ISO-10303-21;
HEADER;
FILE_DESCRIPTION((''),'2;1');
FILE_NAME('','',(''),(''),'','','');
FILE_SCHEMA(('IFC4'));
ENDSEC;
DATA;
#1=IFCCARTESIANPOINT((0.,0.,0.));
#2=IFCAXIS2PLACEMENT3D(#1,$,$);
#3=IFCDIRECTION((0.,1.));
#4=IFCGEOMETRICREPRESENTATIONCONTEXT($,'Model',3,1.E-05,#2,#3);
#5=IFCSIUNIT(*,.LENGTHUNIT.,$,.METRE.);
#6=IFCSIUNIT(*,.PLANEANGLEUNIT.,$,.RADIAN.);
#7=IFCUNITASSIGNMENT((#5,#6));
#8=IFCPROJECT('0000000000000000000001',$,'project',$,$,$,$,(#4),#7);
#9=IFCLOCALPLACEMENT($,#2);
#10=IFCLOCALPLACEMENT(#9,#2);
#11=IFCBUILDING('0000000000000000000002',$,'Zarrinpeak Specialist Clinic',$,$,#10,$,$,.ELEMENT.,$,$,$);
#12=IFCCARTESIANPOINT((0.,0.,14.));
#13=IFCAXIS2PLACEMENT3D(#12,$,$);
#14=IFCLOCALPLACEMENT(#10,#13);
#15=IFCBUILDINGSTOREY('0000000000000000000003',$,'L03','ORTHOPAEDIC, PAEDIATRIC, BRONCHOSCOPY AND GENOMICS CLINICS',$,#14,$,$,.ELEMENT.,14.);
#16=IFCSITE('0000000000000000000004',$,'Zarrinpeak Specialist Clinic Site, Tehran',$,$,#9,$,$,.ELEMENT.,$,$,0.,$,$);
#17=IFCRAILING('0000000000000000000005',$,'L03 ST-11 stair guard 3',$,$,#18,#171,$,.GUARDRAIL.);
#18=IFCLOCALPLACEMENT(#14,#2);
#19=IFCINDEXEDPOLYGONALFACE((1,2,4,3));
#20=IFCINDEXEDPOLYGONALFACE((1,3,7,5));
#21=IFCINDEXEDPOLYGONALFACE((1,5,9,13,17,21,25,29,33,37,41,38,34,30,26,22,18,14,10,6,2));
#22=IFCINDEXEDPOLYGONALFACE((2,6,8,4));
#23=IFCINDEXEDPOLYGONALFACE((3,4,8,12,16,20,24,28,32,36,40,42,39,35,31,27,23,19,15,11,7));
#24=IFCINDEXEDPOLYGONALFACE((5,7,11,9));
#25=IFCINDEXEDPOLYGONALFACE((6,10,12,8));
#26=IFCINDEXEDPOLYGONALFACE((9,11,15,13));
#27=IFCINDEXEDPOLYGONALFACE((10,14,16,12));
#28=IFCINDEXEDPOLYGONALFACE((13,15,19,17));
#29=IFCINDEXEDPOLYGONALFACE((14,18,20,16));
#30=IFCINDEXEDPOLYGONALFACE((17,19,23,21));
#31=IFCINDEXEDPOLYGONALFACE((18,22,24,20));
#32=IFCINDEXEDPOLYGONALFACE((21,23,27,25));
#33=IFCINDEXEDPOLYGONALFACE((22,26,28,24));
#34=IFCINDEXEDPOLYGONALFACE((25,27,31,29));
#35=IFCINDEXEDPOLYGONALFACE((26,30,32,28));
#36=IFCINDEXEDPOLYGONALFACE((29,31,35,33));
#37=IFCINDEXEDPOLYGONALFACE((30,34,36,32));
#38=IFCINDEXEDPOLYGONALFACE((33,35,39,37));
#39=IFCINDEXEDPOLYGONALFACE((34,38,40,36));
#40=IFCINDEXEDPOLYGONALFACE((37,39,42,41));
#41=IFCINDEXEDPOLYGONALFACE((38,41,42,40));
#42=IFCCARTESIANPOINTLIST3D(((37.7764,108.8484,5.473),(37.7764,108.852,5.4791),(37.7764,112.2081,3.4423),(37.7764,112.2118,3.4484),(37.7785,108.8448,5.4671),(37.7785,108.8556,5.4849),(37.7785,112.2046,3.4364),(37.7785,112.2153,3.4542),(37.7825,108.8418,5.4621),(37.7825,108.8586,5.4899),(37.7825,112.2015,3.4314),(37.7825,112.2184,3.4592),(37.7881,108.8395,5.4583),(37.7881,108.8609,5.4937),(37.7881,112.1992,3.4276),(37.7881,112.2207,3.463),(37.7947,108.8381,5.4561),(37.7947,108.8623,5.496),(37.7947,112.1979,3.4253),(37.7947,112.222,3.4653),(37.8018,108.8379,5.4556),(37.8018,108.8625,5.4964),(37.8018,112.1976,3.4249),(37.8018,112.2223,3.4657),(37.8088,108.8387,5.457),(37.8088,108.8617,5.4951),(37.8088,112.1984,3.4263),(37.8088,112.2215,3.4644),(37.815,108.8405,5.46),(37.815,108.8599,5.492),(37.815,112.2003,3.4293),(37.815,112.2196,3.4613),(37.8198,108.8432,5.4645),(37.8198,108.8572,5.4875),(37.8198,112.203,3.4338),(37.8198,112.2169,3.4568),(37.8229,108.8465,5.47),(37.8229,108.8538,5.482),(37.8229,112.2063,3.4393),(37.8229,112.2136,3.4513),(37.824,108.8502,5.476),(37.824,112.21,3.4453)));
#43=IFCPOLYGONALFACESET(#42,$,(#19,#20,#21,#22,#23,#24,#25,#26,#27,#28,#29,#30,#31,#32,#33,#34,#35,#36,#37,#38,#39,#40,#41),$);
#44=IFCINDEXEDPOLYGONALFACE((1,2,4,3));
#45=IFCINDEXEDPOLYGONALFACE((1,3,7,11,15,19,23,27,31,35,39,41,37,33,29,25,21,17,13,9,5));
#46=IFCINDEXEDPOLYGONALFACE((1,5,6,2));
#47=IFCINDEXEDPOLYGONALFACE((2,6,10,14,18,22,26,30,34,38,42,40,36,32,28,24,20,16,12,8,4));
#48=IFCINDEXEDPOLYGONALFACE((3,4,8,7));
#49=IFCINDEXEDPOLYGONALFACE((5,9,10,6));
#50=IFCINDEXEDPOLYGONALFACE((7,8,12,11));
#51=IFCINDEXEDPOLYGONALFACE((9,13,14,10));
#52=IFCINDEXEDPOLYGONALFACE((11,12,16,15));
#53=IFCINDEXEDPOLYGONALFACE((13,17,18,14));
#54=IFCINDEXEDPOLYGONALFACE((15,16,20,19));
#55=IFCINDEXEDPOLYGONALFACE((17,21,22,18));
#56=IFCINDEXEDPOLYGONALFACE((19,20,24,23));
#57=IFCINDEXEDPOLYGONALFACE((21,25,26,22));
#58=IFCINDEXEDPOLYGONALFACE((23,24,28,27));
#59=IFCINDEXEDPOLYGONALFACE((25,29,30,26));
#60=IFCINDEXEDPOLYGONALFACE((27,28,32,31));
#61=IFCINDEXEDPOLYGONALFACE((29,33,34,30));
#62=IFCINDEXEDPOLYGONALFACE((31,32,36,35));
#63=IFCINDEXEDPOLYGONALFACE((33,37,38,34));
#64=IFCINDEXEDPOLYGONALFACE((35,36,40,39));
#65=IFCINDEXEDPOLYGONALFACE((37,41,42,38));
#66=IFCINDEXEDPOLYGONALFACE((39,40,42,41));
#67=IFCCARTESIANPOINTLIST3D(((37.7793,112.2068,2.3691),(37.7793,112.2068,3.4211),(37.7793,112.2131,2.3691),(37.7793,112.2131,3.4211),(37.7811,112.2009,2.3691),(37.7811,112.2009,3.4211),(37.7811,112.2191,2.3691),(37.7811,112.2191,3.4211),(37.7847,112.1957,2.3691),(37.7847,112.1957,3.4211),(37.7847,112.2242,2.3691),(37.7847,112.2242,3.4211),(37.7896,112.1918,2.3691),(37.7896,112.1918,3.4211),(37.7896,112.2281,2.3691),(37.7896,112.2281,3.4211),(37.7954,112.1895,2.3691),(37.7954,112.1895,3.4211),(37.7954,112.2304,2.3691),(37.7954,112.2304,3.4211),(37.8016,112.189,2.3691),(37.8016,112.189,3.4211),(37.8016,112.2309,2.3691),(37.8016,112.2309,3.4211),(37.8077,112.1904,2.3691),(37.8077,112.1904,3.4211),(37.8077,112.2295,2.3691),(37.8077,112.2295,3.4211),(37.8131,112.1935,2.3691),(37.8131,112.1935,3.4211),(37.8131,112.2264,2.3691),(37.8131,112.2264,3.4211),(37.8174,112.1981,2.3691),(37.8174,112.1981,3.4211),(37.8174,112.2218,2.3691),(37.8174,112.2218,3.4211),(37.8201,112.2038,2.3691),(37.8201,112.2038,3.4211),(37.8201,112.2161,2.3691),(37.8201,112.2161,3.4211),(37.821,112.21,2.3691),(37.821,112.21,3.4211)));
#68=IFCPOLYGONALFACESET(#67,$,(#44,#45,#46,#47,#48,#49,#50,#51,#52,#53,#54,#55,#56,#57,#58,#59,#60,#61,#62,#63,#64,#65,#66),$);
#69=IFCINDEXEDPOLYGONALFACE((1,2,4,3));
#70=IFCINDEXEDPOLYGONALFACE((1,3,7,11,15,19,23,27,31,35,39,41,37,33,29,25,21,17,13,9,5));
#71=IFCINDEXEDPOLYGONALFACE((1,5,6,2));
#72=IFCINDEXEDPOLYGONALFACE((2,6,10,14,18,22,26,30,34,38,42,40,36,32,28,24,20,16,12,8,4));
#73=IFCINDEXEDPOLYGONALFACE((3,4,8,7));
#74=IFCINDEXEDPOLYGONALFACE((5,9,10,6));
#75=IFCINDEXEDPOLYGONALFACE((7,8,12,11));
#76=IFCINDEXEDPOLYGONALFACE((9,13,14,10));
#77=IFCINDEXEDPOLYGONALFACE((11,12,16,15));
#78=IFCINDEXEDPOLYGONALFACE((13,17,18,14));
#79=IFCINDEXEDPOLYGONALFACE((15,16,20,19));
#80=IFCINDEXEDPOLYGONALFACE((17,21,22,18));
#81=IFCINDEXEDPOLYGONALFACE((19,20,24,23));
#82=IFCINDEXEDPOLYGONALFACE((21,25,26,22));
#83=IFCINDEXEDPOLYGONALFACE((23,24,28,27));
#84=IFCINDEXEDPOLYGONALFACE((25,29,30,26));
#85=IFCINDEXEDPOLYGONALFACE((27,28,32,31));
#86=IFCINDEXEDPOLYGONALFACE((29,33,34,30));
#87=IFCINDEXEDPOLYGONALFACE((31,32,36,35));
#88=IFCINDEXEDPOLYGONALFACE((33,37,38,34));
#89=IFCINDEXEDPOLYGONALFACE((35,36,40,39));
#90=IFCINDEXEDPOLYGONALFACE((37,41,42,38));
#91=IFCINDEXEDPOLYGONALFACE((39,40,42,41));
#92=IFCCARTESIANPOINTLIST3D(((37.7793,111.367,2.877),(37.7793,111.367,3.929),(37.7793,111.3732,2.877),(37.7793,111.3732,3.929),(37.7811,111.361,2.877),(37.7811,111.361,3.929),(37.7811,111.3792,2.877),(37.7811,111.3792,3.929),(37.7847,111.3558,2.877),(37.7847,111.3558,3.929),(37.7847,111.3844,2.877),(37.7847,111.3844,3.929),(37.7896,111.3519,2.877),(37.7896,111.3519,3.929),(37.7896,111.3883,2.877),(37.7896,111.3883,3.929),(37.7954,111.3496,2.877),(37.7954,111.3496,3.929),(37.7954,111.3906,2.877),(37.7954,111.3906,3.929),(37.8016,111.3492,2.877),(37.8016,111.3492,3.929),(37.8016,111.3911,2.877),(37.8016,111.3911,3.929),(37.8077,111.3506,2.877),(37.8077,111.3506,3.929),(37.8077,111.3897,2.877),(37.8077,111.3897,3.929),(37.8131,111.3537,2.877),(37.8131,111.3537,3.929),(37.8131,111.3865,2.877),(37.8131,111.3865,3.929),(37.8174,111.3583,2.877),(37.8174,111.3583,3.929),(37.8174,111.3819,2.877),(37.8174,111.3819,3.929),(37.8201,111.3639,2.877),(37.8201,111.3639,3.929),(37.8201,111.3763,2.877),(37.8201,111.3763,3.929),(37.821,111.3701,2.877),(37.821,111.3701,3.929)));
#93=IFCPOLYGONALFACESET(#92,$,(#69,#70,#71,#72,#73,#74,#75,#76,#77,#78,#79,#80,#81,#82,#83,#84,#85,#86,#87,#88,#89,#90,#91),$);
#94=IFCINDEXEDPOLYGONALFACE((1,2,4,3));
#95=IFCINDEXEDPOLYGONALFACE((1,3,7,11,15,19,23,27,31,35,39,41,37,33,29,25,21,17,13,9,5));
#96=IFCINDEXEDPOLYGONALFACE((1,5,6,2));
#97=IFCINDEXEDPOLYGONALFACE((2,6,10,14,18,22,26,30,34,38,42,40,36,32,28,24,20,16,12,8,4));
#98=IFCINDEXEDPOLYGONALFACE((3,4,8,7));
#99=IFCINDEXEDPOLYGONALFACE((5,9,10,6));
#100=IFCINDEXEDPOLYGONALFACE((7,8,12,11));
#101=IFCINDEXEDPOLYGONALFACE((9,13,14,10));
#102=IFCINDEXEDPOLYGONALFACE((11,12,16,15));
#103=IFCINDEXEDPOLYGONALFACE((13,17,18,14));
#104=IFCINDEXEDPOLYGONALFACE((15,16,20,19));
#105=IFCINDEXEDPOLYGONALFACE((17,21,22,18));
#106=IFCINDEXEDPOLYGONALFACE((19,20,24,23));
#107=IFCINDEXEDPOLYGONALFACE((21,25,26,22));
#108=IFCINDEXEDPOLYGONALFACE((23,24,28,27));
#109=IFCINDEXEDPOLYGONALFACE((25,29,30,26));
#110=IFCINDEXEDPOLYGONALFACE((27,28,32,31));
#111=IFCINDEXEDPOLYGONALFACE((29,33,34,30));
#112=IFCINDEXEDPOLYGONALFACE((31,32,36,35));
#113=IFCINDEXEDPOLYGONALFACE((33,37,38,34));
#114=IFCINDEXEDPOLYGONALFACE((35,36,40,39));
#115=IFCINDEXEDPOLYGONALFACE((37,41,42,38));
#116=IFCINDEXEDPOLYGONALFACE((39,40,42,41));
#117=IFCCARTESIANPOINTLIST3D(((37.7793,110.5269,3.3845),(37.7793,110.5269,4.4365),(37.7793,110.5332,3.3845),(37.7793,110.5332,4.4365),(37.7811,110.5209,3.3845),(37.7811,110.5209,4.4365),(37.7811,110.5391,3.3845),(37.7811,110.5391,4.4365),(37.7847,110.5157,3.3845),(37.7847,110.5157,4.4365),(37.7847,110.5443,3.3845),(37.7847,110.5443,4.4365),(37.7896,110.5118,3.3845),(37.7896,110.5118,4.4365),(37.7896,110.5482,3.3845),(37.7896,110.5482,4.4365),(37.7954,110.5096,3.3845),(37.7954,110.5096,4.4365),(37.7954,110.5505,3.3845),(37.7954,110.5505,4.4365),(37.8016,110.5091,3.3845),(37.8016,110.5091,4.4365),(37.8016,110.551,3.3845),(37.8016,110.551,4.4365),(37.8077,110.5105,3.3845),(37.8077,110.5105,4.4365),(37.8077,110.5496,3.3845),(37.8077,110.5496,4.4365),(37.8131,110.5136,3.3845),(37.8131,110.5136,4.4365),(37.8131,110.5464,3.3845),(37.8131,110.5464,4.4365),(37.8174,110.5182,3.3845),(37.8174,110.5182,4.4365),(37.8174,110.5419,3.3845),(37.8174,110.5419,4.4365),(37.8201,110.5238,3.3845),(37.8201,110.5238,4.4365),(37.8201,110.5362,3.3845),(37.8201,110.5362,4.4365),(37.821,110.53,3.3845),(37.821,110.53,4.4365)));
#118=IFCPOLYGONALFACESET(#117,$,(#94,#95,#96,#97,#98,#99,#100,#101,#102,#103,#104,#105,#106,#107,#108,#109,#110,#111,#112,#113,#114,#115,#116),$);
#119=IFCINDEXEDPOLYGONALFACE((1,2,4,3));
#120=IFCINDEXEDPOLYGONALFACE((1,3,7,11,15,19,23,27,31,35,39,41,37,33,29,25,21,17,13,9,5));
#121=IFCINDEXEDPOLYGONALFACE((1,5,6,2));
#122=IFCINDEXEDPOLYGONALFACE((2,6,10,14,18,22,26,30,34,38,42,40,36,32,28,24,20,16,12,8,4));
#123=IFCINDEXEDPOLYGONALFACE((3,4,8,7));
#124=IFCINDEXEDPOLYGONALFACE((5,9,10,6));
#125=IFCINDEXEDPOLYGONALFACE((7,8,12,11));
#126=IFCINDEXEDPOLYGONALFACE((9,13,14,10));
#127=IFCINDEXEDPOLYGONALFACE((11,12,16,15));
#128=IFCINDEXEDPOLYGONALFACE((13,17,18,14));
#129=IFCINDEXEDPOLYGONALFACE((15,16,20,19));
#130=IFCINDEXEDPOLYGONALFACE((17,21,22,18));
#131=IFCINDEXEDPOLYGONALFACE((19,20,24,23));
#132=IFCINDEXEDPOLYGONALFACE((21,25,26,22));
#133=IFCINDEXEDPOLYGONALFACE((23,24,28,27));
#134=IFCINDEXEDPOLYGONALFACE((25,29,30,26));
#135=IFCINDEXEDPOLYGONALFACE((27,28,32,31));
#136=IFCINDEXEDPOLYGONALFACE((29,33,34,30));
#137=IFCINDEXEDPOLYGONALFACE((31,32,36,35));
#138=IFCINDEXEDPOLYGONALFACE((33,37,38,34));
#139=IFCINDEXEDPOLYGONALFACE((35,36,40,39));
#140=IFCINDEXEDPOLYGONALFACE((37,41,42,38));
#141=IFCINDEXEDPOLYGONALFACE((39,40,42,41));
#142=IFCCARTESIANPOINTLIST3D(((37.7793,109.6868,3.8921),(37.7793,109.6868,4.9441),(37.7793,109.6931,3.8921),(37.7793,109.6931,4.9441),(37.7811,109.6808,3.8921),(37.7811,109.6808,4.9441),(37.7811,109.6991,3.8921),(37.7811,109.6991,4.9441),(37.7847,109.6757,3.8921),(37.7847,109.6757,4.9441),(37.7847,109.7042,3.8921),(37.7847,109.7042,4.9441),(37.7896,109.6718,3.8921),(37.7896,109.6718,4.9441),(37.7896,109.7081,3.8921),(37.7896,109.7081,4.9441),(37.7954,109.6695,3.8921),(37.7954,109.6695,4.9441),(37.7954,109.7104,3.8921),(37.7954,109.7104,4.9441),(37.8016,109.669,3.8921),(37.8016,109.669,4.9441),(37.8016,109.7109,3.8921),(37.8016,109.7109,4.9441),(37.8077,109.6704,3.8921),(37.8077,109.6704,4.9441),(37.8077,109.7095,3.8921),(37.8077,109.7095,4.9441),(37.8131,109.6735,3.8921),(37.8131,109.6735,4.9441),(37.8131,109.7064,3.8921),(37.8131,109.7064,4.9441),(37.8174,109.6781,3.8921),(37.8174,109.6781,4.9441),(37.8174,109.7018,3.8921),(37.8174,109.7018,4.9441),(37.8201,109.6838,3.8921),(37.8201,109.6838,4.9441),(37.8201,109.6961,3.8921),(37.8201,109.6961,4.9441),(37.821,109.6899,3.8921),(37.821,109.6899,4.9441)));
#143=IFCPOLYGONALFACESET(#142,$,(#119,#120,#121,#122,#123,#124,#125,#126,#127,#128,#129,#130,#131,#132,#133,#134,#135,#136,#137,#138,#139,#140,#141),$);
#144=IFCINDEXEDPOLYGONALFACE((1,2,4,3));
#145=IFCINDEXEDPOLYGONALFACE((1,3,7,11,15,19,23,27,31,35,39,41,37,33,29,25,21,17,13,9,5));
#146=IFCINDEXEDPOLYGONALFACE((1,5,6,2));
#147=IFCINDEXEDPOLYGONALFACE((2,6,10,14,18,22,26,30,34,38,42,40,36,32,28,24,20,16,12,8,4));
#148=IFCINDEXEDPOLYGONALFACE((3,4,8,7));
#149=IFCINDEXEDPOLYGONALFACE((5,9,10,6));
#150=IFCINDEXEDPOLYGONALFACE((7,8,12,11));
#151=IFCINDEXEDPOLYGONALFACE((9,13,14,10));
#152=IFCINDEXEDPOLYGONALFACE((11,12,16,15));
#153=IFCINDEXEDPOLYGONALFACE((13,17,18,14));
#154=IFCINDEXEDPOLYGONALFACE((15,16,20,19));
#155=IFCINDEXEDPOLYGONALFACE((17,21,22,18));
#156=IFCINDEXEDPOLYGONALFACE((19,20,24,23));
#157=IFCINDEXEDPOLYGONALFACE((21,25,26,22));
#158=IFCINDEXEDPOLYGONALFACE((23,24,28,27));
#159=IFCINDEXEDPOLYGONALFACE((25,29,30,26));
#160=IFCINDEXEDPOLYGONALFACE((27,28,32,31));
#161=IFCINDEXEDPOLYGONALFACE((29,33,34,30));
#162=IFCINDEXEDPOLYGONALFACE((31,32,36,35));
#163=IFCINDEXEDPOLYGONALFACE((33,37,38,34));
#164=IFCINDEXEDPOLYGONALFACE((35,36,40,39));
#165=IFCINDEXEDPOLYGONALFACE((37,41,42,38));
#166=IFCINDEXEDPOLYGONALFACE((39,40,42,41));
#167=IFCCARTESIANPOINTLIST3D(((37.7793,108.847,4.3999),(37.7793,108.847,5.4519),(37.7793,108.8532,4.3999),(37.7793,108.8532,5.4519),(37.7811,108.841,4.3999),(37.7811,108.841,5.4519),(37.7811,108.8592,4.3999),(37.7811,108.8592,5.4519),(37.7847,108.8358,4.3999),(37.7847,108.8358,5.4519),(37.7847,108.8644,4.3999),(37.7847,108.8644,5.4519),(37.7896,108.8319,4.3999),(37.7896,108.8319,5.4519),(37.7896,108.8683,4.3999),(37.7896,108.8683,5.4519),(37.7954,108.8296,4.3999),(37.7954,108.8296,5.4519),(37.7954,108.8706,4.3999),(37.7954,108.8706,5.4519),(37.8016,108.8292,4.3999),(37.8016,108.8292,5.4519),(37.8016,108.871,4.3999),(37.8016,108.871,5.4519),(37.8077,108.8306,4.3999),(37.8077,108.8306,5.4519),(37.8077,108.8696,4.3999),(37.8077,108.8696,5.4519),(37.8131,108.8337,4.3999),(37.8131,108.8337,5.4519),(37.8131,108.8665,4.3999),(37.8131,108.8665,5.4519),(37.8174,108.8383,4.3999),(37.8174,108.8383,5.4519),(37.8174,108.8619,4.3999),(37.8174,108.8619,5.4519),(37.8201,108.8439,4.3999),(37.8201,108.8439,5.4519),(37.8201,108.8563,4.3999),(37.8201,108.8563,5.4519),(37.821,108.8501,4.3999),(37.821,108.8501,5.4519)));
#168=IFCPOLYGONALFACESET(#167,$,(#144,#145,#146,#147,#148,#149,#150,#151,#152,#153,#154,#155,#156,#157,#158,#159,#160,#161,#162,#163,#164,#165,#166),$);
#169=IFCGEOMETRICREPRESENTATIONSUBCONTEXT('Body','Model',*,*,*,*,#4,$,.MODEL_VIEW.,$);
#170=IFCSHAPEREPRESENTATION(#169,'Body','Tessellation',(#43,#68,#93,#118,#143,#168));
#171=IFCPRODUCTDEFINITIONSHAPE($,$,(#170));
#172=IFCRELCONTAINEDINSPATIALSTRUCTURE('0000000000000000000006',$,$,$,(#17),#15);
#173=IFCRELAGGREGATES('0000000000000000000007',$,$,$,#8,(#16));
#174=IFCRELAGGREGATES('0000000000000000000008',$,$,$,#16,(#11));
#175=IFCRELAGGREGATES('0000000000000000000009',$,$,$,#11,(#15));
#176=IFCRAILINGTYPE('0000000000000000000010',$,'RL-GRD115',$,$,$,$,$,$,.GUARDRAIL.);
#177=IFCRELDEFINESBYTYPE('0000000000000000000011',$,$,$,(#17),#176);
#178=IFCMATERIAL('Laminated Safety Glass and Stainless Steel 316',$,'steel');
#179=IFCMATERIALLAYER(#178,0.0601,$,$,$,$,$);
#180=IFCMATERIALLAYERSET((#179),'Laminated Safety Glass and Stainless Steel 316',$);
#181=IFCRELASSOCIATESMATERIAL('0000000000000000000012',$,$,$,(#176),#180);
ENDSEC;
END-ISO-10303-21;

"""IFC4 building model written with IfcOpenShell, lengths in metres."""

from ifc_helpers import new_model, si_unit, direction, frame, origin, origin_2d, place, context, subcontext, project, spatial, circle, extrude, material, layer, layer_set, type_object, element, save


model = new_model("IFC4")

# Units and contexts
model_context = context("Model", 3, precision=1e-05, world=origin(), true_north=direction((0.0, 1.0)))
body_context = subcontext(model_context, "Body", "Model", "MODEL_VIEW")
ifc_project = project(units=[si_unit("LENGTHUNIT", "METRE"), si_unit("PLANEANGLEUNIT", "RADIAN")], contexts=[model_context])

# Site, building, storey
site_placement = place(None, origin())
site = spatial("IfcSite", under=ifc_project, at=site_placement, Name="Zarrinpeak Specialist Clinic Site, Tehran", CompositionType="ELEMENT", RefElevation=0.0)
building_placement = place(site_placement, origin())
building = spatial("IfcBuilding", under=site, at=building_placement, Name="Zarrinpeak Specialist Clinic", CompositionType="ELEMENT")
storey_placement = place(building_placement, frame((0.0, 0.0, 14.0)))
storey = spatial("IfcBuildingStorey", under=building, at=storey_placement, Name="L03", Description="ORTHOPAEDIC, PAEDIATRIC, BRONCHOSCOPY AND GENOMICS CLINICS", CompositionType="ELEMENT", Elevation=14.0)

# Railing
ifc_material_1 = material(Name="Laminated Safety Glass and Stainless Steel 316", Category="steel")
ifc_layer_1 = layer(ifc_material_1, 0.0601)
ifc_layer_set_1 = layer_set([ifc_layer_1], Name="Laminated Safety Glass and Stainless Steel 316")
railing_type_1 = type_object("IfcRailingType", Name="RL-GRD115", PredefinedType="GUARDRAIL", material=ifc_layer_set_1)
railing_1_placement = place(storey_placement, frame((37.8, 112.21, 2.3691)))
element("IfcRailing", 1, at=railing_1_placement, inside=storey, type_object=railing_type_1, Name="L03 ST-11 stair guard 3", PredefinedType="GUARDRAIL", context=body_context, shape_type="SweptSolid", body=[
    extrude(circle(Radius=0.0239, at=origin_2d()), frame((0.0, 0.0, 1.0762), z_axis=(0.0, -0.85582, 0.517273), x_axis=(1.0, 0.0, 0.0)), (0.0, 0.0, 1.0), 3.9258),
    extrude(circle(Radius=0.021, at=origin_2d()), origin(), (0.0, 0.0, 1.0), 1.052),
    extrude(circle(Radius=0.021, at=origin_2d()), frame((0.0, -0.8398, 0.5078)), (0.0, 0.0, 1.0), 1.052),
    extrude(circle(Radius=0.021, at=origin_2d()), frame((0.0, -1.6799, 1.0154)), (0.0, 0.0, 1.0), 1.052),
    extrude(circle(Radius=0.021, at=origin_2d()), frame((0.0, -2.52, 1.5229)), (0.0, 0.0, 1.0), 1.052),
    extrude(circle(Radius=0.021, at=origin_2d()), frame((0.0, -3.3599, 2.0308)), (0.0, 0.0, 1.0), 1.052),
])

save(model, "model.ifc")
